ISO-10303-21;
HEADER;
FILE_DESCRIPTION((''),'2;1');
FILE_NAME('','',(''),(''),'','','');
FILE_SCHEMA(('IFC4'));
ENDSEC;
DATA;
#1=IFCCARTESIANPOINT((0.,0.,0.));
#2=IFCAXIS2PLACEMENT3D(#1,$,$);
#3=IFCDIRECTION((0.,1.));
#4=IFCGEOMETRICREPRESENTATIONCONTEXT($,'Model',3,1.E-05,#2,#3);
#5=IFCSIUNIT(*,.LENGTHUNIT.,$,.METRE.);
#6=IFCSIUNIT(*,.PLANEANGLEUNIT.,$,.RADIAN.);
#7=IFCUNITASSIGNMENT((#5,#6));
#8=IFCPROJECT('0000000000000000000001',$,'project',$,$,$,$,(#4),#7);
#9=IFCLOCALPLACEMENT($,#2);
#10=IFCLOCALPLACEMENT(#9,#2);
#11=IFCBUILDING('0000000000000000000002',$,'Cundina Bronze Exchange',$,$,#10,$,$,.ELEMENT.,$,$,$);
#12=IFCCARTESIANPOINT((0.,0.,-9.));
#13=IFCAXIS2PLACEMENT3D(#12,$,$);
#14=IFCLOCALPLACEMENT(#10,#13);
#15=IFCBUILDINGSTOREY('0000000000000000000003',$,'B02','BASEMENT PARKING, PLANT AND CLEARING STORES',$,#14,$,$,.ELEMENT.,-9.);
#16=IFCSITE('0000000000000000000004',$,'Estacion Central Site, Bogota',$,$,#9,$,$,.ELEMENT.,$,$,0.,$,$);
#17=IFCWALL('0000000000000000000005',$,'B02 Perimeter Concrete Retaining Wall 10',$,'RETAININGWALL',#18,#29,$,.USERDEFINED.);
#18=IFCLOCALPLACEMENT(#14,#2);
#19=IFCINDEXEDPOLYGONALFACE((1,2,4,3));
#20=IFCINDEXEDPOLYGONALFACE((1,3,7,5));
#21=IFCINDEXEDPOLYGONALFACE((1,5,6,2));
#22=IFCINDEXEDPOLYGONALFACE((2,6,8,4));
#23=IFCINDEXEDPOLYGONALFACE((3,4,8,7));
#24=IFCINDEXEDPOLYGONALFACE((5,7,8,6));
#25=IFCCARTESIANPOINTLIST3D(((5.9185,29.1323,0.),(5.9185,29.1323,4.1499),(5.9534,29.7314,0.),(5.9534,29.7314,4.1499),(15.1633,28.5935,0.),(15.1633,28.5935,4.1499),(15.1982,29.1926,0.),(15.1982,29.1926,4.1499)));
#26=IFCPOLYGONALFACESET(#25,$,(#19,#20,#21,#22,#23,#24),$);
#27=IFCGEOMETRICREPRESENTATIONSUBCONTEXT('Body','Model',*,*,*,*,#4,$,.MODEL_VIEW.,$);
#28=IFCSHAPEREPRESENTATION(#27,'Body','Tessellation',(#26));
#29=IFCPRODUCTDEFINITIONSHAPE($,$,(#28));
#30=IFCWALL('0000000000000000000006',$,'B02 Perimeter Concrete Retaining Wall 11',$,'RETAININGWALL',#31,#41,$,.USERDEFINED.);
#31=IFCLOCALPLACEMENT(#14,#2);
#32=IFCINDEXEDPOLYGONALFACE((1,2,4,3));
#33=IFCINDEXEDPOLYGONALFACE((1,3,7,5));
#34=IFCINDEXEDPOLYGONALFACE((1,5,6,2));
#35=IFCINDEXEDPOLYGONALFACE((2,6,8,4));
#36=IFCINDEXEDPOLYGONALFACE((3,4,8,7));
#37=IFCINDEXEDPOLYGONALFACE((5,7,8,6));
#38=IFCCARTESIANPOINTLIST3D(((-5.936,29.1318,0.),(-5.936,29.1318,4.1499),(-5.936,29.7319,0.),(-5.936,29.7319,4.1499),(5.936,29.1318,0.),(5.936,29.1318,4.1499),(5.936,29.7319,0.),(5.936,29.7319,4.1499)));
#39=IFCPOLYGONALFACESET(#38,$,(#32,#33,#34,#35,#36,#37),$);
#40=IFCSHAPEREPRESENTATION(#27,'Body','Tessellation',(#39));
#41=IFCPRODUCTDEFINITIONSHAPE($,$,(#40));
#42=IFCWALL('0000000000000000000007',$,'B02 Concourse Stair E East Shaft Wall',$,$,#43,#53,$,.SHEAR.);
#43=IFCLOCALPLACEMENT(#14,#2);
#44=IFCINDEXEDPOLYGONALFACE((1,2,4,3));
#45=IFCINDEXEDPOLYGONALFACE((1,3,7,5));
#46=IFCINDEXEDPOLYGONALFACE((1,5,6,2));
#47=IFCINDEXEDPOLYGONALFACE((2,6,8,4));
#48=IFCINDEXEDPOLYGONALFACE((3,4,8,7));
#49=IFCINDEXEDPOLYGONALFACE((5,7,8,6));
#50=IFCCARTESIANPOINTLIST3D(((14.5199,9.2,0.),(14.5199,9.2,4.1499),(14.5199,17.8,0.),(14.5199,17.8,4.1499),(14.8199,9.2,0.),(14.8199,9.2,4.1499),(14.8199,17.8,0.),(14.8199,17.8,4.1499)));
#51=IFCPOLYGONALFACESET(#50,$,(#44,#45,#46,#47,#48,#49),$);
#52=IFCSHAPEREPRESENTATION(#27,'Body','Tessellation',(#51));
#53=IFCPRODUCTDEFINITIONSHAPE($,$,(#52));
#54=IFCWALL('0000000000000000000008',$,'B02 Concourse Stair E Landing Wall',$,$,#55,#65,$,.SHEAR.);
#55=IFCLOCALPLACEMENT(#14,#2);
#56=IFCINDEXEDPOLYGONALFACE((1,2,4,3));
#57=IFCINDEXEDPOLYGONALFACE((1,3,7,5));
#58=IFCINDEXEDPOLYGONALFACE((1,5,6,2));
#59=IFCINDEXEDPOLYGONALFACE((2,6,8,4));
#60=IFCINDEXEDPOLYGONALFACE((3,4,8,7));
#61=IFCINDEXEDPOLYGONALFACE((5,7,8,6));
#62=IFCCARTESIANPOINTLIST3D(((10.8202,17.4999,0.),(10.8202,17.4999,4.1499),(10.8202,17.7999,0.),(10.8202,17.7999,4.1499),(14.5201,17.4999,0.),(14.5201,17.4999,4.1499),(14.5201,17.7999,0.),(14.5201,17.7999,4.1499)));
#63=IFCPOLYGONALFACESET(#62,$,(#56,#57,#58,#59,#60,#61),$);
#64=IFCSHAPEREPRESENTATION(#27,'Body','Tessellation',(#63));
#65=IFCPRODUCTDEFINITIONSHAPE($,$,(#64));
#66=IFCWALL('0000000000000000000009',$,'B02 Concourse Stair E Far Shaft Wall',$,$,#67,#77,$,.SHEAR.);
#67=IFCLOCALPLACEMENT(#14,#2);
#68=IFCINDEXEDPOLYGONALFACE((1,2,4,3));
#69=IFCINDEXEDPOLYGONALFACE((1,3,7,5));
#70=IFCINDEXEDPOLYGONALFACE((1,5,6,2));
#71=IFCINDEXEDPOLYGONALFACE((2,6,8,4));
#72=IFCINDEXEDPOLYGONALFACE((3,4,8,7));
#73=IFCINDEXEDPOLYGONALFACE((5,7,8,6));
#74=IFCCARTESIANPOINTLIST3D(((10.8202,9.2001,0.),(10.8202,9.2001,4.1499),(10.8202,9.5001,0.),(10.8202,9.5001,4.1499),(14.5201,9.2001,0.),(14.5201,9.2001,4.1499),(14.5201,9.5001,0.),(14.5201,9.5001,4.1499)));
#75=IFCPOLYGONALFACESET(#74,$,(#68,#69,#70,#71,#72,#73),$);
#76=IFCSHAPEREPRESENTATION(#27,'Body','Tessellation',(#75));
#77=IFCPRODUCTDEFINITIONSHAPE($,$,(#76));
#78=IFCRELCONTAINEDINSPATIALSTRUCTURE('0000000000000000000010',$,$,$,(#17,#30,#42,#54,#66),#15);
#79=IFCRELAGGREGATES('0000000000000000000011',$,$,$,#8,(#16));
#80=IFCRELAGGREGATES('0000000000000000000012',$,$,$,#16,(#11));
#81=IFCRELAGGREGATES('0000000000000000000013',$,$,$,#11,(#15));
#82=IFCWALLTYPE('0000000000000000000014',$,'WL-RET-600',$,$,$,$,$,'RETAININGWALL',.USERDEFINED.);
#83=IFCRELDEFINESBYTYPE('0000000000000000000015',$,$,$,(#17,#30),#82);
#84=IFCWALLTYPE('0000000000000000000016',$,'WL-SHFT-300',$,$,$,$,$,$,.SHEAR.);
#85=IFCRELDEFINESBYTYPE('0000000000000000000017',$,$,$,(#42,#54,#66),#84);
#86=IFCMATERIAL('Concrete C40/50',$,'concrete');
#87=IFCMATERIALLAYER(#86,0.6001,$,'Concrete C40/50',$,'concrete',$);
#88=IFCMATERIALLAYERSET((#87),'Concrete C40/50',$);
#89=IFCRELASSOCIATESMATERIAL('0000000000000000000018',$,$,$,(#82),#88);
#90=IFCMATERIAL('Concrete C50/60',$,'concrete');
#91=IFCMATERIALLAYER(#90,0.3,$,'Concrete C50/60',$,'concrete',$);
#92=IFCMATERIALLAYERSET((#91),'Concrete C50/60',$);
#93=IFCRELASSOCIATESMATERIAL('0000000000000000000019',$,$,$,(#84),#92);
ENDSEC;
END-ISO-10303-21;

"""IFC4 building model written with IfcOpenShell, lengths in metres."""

from ifc_helpers import new_model, si_unit, direction, frame, frame_2d, origin, place, context, subcontext, project, spatial, rectangle, extrude, material, layer, layer_set, type_object, element, save


model = new_model("IFC4")

# Units and contexts
model_context = context("Model", 3, precision=1e-05, world=origin(), true_north=direction((0.0, 1.0)))
body_context = subcontext(model_context, "Body", "Model", "MODEL_VIEW")
ifc_project = project(units=[si_unit("LENGTHUNIT", "METRE"), si_unit("PLANEANGLEUNIT", "RADIAN")], contexts=[model_context])

# Site, building, storey
site_placement = place(None, origin())
site = spatial("IfcSite", under=ifc_project, at=site_placement, Name="Estacion Central Site, Bogota", CompositionType="ELEMENT", RefElevation=0.0)
building_placement = place(site_placement, origin())
building = spatial("IfcBuilding", under=site, at=building_placement, Name="Cundina Bronze Exchange", CompositionType="ELEMENT")
storey_placement = place(building_placement, frame((0.0, 0.0, -9.0)))
storey = spatial("IfcBuildingStorey", under=building, at=storey_placement, Name="B02", Description="BASEMENT PARKING, PLANT AND CLEARING STORES", CompositionType="ELEMENT", Elevation=-9.0)

# Shared definitions
ifc_material_1 = material(Name="Concrete C40/50", Category="concrete")

# Shared definitions
ifc_material_2 = material(Name="Concrete C50/60", Category="concrete")

# Walls
ifc_layer_1 = layer(ifc_material_1, 0.6001, Name="Concrete C40/50", Category="concrete")
ifc_layer_set_1 = layer_set([ifc_layer_1], Name="Concrete C40/50")
wall_type_1 = type_object("IfcWallType", Name="WL-RET-600", ElementType="RETAININGWALL", PredefinedType="USERDEFINED", material=ifc_layer_set_1)
wall_1_placement = place(storey_placement, frame((15.1809, 28.8931, 0.0), z_axis=(0.0, 0.0, 1.0), x_axis=(-0.998306, 0.058184, 0.0)))
element("IfcWall", 1, at=wall_1_placement, inside=storey, type_object=wall_type_1, Name="B02 Perimeter Concrete Retaining Wall 10", ObjectType="RETAININGWALL", PredefinedType="USERDEFINED", context=body_context, shape_type="SweptSolid", body=[
    extrude(rectangle(XDim=9.2605, YDim=0.6001, at=frame_2d((4.6304, 0.0))), origin(), (0.0, 0.0, 1.0), 4.1499),
])
wall_2_placement = place(storey_placement, frame((5.936, 29.4319, 0.0), z_axis=(0.0, 0.0, 1.0), x_axis=(-1.0, 0.0, 0.0)))
element("IfcWall", 2, at=wall_2_placement, inside=storey, type_object=wall_type_1, Name="B02 Perimeter Concrete Retaining Wall 11", ObjectType="RETAININGWALL", PredefinedType="USERDEFINED", context=body_context, shape_type="SweptSolid", body=[
    extrude(rectangle(XDim=11.8721, YDim=0.6001, at=frame_2d((5.936, 0.0))), origin(), (0.0, 0.0, 1.0), 4.1499),
])
ifc_layer_2 = layer(ifc_material_2, 0.3, Name="Concrete C50/60", Category="concrete")
ifc_layer_set_2 = layer_set([ifc_layer_2], Name="Concrete C50/60")
wall_type_2 = type_object("IfcWallType", Name="WL-SHFT-300", PredefinedType="SHEAR", material=ifc_layer_set_2)
wall_3_placement = place(storey_placement, frame((14.6699, 9.2, 0.0), z_axis=(0.0, 0.0, 1.0), x_axis=(0.0, 1.0, 0.0)))
element("IfcWall", 3, at=wall_3_placement, inside=storey, type_object=wall_type_2, Name="B02 Concourse Stair E East Shaft Wall", PredefinedType="SHEAR", context=body_context, shape_type="SweptSolid", body=[
    extrude(rectangle(XDim=8.6001, YDim=0.3, at=frame_2d((4.3, 0.0))), origin(), (0.0, 0.0, 1.0), 4.1499),
])
for number, where, z_axis, x_axis, name in (
    (4, (10.8201, 17.6499, 0.0), (0.0, 0.0, 1.0), (1.0, 0.0, 0.0), "B02 Concourse Stair E Landing Wall"),
    (5, (10.8201, 9.3501, 0.0), (0.0, 0.0, 1.0), (1.0, 0.0, 0.0), "B02 Concourse Stair E Far Shaft Wall"),
):
    element("IfcWall", number, at=place(storey_placement, frame(where, z_axis=z_axis, x_axis=x_axis)), inside=storey, type_object=wall_type_2, Name=name, PredefinedType="SHEAR", context=body_context, shape_type="SweptSolid", body=[
        extrude(rectangle(XDim=3.7, YDim=0.3, at=frame_2d((1.8501, 0.0))), origin(), (0.0, 0.0, 1.0), 4.1499),
    ])

save(model, "model.ifc")
